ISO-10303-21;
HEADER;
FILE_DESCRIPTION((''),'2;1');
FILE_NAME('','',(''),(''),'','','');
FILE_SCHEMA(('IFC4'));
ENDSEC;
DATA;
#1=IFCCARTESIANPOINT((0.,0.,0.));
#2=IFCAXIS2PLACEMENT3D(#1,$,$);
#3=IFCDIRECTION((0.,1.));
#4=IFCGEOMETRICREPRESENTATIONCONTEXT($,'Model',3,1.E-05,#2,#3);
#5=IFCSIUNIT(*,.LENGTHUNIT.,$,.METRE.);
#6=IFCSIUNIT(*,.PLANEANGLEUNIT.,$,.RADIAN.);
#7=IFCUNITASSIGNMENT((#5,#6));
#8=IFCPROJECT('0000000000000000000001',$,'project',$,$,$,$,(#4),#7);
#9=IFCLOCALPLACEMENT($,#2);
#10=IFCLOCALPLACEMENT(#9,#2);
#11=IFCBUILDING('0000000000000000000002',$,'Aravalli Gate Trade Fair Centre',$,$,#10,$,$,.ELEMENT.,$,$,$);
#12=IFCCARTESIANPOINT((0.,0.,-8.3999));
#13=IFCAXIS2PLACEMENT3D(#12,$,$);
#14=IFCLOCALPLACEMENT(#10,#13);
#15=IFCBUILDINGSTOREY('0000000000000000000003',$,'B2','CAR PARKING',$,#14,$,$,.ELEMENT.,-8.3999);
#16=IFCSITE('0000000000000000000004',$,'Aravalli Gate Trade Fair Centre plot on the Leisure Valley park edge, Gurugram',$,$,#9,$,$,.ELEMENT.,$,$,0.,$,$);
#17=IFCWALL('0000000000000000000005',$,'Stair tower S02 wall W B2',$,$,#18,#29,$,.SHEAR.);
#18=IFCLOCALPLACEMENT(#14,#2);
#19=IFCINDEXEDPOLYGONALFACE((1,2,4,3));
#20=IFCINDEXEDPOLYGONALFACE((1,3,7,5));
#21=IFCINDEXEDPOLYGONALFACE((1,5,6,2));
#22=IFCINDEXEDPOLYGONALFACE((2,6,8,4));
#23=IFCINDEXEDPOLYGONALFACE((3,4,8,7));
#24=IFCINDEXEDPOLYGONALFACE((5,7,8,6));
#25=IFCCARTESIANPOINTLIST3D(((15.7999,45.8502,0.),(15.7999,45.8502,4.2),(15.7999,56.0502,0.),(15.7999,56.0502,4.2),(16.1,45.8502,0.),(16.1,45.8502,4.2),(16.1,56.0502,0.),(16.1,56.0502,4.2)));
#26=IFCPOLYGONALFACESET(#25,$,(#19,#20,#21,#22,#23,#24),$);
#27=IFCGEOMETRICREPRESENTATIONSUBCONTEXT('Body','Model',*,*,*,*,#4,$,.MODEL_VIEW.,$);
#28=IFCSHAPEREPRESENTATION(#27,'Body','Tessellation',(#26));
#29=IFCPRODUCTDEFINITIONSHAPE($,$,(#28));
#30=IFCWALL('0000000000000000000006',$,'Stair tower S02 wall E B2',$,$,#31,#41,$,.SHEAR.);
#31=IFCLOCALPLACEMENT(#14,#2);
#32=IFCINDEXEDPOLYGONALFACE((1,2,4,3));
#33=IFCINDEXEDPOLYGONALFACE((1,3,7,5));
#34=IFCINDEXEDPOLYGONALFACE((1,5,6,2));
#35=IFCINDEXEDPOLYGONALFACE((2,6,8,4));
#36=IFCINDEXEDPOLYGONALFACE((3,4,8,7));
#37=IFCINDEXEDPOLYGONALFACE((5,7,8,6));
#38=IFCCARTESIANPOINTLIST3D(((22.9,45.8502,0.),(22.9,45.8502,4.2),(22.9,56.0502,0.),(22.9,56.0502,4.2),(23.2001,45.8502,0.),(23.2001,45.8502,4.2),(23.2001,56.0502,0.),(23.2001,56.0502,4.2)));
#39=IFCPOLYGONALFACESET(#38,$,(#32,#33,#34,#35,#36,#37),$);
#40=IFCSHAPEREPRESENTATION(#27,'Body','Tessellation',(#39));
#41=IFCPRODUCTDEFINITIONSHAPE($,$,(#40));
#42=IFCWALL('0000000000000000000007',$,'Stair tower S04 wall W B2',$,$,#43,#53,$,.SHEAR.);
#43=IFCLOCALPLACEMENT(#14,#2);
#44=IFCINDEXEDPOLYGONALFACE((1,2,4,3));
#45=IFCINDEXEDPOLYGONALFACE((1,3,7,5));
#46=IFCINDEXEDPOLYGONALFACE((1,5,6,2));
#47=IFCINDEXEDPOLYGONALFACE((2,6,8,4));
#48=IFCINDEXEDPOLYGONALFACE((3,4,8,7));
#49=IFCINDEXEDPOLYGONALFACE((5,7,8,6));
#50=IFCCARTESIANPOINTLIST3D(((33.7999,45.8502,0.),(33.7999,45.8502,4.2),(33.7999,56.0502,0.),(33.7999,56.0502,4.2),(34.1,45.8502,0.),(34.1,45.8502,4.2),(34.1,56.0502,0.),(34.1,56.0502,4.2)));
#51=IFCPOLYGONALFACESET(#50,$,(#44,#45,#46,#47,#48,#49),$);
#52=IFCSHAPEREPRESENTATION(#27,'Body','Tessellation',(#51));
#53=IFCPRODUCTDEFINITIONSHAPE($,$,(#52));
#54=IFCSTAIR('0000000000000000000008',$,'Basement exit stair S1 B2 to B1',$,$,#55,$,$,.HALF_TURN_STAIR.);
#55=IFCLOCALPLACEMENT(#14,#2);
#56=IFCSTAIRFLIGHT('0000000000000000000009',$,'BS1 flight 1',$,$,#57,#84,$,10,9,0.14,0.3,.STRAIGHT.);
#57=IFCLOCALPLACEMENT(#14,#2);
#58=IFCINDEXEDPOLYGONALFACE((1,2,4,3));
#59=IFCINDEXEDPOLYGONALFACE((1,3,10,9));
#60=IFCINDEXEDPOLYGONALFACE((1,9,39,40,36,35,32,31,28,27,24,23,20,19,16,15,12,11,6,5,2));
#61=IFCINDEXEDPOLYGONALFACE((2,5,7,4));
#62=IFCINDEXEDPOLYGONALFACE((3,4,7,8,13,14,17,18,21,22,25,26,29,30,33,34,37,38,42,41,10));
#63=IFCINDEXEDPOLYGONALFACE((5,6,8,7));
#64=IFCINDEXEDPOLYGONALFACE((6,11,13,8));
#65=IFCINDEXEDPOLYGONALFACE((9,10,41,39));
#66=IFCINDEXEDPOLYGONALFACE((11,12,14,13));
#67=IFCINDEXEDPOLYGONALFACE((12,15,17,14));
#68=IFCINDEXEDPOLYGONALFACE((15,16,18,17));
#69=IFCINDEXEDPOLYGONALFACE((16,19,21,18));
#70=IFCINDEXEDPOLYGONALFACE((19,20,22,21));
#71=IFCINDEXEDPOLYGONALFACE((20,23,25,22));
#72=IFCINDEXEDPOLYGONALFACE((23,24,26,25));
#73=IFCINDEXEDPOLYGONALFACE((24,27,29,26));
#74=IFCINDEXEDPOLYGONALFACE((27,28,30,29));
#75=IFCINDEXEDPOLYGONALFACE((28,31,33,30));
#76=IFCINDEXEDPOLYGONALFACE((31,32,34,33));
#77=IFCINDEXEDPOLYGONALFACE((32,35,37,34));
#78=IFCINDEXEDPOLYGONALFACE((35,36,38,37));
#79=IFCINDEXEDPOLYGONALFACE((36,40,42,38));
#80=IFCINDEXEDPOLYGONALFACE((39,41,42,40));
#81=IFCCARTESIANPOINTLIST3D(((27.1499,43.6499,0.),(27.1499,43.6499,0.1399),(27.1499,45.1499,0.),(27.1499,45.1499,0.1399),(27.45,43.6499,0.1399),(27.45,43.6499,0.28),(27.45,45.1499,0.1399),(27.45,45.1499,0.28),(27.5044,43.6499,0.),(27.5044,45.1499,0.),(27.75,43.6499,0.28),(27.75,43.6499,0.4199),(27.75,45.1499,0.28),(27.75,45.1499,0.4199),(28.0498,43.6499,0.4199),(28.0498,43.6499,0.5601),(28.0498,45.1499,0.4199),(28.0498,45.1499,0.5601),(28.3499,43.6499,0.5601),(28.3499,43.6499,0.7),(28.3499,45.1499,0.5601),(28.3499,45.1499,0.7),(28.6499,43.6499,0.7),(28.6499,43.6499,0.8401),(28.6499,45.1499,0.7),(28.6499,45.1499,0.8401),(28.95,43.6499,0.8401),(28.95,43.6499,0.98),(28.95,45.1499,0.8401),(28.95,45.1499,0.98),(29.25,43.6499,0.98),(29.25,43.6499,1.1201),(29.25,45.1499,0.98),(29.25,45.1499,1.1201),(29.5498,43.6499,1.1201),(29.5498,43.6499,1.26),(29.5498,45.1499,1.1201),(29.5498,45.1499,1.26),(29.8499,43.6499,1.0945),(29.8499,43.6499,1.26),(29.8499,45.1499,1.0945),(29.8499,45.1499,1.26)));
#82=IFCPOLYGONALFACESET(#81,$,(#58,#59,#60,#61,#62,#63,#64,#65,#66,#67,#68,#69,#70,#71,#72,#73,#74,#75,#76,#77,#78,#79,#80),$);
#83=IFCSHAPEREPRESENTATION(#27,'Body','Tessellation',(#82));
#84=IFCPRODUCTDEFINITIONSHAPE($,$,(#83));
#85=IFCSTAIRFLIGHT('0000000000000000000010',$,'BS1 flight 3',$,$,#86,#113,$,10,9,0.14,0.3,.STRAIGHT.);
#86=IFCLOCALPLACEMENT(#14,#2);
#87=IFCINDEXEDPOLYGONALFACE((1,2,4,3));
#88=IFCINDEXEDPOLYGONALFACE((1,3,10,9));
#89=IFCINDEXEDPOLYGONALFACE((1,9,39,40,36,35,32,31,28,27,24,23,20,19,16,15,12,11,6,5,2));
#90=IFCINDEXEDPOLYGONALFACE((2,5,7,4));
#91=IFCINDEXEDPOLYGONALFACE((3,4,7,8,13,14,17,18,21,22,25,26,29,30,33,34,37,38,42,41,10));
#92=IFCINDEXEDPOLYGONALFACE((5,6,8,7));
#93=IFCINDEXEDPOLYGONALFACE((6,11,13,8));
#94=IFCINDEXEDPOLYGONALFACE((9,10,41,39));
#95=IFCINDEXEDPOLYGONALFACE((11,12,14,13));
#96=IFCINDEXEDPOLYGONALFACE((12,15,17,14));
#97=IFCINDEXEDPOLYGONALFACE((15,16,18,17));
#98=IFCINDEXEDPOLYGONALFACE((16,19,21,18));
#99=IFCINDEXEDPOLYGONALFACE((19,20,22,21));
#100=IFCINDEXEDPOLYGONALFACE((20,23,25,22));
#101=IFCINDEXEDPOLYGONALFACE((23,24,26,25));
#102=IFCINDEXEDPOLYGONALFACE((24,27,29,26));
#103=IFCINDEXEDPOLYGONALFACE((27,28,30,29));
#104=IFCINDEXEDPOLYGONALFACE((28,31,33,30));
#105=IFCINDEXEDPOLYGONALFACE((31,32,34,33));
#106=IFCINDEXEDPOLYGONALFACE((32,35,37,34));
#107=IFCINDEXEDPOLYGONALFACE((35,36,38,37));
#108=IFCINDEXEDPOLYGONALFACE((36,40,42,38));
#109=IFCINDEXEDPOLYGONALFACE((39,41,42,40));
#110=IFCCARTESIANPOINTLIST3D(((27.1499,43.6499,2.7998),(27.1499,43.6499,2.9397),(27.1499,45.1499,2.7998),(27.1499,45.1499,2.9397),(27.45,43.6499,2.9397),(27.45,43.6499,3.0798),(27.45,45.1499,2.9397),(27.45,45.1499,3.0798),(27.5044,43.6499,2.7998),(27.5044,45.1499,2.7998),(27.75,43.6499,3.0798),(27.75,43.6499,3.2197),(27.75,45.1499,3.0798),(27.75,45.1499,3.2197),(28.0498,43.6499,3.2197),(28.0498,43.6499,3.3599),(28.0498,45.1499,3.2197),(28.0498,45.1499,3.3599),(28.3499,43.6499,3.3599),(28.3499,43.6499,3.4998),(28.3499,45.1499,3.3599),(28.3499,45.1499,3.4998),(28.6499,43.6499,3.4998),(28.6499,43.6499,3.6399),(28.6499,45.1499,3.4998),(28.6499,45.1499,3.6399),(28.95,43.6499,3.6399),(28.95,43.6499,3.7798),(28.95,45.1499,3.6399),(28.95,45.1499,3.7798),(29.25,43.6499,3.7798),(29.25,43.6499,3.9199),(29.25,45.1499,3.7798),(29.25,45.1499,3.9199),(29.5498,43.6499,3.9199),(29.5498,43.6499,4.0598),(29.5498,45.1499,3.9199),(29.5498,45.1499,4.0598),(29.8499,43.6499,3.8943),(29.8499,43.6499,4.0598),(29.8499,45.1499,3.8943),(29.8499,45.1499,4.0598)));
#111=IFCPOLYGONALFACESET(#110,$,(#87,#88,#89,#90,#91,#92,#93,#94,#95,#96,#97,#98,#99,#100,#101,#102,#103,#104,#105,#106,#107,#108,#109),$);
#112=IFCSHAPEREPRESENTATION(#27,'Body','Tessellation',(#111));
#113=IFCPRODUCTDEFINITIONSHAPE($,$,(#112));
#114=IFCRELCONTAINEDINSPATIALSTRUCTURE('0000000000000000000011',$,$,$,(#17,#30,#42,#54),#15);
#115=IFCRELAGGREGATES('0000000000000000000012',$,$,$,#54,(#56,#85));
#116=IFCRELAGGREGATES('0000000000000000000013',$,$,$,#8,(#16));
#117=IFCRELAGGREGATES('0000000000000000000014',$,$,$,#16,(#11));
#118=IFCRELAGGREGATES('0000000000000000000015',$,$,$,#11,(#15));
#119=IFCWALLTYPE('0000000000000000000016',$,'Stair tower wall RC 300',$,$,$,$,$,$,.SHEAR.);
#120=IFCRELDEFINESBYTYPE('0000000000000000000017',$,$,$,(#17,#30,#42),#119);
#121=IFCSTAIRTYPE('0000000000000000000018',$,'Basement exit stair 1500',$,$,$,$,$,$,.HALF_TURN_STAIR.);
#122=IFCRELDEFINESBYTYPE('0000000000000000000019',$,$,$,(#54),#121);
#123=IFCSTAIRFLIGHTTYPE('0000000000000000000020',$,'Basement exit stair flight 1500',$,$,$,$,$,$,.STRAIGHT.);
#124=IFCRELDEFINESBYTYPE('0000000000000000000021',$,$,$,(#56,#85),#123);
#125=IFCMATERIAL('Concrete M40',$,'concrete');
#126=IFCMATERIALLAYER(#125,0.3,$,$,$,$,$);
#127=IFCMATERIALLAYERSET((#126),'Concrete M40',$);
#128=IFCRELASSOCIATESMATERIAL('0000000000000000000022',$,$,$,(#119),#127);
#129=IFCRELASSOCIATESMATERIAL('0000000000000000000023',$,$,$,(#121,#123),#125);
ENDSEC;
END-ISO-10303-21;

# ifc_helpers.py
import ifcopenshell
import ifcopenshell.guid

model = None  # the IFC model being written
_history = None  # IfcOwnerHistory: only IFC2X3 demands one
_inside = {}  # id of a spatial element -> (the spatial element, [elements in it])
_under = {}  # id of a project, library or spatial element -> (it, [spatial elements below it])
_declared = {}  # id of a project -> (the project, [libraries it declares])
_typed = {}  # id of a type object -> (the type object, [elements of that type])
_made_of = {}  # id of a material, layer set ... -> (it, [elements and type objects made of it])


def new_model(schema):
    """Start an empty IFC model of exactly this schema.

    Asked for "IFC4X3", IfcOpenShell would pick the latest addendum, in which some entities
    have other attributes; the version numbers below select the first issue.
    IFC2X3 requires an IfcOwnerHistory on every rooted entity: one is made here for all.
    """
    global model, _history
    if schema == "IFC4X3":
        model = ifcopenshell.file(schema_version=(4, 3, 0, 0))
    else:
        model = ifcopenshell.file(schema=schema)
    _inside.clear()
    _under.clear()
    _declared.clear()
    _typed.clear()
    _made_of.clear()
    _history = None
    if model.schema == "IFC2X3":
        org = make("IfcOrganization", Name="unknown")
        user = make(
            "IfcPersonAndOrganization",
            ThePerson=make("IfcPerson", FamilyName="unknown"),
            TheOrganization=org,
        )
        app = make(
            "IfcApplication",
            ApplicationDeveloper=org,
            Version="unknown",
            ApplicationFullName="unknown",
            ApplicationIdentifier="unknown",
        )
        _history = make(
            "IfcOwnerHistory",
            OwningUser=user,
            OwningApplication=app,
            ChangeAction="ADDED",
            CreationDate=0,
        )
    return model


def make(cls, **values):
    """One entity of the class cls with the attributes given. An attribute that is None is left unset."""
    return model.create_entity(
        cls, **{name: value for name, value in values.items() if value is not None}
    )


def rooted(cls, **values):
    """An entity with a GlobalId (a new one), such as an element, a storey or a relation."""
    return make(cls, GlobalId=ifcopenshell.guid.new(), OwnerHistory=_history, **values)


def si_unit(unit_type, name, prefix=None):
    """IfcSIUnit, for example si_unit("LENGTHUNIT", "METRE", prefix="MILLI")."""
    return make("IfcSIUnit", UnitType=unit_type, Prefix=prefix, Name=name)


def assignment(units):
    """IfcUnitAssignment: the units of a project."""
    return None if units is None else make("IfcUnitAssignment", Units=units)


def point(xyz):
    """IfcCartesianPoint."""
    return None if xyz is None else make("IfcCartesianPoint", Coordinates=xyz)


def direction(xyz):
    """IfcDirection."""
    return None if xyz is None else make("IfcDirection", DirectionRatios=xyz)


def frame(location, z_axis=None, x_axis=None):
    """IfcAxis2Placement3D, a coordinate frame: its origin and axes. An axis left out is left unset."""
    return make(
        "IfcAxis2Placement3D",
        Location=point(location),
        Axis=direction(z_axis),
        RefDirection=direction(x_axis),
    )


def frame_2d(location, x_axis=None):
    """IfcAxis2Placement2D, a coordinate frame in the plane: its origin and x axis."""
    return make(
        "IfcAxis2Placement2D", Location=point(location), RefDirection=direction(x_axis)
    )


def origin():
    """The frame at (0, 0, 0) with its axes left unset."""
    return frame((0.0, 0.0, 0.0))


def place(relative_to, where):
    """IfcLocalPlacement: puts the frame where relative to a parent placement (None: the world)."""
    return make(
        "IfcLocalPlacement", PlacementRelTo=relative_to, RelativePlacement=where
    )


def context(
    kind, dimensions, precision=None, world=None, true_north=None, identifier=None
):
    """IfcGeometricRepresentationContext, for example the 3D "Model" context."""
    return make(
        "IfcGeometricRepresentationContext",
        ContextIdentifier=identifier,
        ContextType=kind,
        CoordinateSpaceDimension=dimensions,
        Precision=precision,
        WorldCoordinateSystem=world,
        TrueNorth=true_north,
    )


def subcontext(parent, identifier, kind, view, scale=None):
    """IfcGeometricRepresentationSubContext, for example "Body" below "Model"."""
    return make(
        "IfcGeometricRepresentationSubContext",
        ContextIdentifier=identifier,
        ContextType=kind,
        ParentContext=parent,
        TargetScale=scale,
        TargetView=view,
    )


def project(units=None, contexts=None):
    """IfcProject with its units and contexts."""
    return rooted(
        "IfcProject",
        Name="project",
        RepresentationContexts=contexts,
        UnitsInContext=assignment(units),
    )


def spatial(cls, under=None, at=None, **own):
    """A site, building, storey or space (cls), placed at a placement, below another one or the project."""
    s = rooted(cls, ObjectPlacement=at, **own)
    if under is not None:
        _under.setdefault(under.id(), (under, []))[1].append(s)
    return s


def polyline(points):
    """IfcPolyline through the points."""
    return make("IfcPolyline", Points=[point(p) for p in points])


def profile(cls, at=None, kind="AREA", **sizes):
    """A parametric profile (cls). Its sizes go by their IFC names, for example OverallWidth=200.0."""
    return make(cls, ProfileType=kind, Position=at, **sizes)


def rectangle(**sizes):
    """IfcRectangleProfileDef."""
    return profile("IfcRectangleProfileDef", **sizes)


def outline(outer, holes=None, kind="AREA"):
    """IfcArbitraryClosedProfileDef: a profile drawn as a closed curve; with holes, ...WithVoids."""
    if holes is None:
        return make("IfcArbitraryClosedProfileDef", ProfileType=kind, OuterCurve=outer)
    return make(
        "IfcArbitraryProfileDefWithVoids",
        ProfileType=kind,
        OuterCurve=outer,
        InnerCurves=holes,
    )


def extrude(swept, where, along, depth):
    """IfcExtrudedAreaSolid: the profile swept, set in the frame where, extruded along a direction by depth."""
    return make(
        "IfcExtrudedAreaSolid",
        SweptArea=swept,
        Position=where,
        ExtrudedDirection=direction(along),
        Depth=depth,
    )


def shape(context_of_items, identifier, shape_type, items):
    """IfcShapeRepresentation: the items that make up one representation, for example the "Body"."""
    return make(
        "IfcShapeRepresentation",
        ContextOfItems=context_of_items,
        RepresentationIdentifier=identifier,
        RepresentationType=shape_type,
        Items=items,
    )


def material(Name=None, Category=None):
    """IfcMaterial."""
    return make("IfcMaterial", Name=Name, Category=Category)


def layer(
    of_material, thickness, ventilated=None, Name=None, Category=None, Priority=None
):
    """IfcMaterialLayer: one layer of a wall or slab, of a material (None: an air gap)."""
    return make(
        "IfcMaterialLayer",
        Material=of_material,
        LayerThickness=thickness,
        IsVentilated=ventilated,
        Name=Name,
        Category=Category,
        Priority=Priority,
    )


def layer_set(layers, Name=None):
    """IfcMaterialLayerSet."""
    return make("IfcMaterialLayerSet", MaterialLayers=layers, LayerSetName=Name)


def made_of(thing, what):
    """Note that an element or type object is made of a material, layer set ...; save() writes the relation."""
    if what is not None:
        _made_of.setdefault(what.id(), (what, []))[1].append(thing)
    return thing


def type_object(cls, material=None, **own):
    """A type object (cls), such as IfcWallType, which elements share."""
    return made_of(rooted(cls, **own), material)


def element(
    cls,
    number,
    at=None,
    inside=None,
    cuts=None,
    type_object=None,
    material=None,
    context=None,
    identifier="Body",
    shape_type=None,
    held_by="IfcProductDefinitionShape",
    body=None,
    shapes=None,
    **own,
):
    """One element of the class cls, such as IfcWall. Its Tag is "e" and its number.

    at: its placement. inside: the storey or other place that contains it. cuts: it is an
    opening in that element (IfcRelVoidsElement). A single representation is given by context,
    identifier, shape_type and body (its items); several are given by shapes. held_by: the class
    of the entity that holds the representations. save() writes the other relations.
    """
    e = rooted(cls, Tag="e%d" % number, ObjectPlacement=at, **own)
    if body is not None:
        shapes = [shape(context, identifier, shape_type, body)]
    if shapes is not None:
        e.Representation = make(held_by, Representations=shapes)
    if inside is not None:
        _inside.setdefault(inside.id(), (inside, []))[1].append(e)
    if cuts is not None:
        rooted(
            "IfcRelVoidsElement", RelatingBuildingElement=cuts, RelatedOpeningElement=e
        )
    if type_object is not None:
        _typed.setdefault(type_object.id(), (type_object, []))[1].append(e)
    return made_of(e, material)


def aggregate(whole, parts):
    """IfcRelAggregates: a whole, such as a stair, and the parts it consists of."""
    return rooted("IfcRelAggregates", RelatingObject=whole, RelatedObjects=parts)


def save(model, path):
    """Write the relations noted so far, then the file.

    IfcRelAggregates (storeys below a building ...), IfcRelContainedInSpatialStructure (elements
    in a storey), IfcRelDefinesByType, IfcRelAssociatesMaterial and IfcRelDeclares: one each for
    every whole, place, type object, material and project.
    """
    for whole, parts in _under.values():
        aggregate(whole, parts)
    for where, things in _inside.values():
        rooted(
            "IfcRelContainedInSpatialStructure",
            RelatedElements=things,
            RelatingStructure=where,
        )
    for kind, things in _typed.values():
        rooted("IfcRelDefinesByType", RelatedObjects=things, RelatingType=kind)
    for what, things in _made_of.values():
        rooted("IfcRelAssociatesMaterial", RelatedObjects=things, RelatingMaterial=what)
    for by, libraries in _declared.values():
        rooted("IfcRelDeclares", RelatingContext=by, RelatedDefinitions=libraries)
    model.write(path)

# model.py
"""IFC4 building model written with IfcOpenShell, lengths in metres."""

from ifc_helpers import new_model, si_unit, direction, frame, frame_2d, origin, place, context, subcontext, project, spatial, polyline, rectangle, outline, extrude, material, layer, layer_set, type_object, element, aggregate, save


model = new_model("IFC4")

# Units and contexts
model_context = context("Model", 3, precision=1e-05, world=origin(), true_north=direction((0.0, 1.0)))
body_context = subcontext(model_context, "Body", "Model", "MODEL_VIEW")
ifc_project = project(units=[si_unit("LENGTHUNIT", "METRE"), si_unit("PLANEANGLEUNIT", "RADIAN")], contexts=[model_context])

# Site, building, storey
site_placement = place(None, origin())
site = spatial("IfcSite", under=ifc_project, at=site_placement, Name="Aravalli Gate Trade Fair Centre plot on the Leisure Valley park edge, Gurugram", CompositionType="ELEMENT", RefElevation=0.0)
building_placement = place(site_placement, origin())
building = spatial("IfcBuilding", under=site, at=building_placement, Name="Aravalli Gate Trade Fair Centre", CompositionType="ELEMENT")
storey_placement = place(building_placement, frame((0.0, 0.0, -8.3999)))
storey = spatial("IfcBuildingStorey", under=building, at=storey_placement, Name="B2", Description="CAR PARKING", CompositionType="ELEMENT", Elevation=-8.3999)

# Walls
ifc_material_1 = material(Name="Concrete M40", Category="concrete")
ifc_layer_1 = layer(ifc_material_1, 0.3)
ifc_layer_set_1 = layer_set([ifc_layer_1], Name="Concrete M40")
wall_type_1 = type_object("IfcWallType", Name="Stair tower wall RC 300", PredefinedType="SHEAR", material=ifc_layer_set_1)
for number, where, z_axis, x_axis, name in (
    (1, (15.95, 45.8501, 0.0), (0.0, 0.0, 1.0), (0.0, 1.0, 0.0), "Stair tower S02 wall W B2"),
    (2, (23.05, 45.8501, 0.0), (0.0, 0.0, 1.0), (0.0, 1.0, 0.0), "Stair tower S02 wall E B2"),
    (3, (33.95, 45.8501, 0.0), (0.0, 0.0, 1.0), (0.0, 1.0, 0.0), "Stair tower S04 wall W B2"),
):
    element("IfcWall", number, at=place(storey_placement, frame(where, z_axis=z_axis, x_axis=x_axis)), inside=storey, type_object=wall_type_1, Name=name, PredefinedType="SHEAR", context=body_context, shape_type="SweptSolid", body=[
        extrude(rectangle(XDim=10.2, YDim=0.3, at=frame_2d((5.1001, 0.0))), origin(), (0.0, 0.0, 1.0), 4.2),
    ])

# Stair, stair flights
stair_type = type_object("IfcStairType", Name="Basement exit stair 1500", PredefinedType="HALF_TURN_STAIR", material=ifc_material_1)
stair_placement = place(storey_placement, origin())
stair = element("IfcStair", 4, at=stair_placement, inside=storey, type_object=stair_type, Name="Basement exit stair S1 B2 to B1", PredefinedType="HALF_TURN_STAIR")
stair_flight_type = type_object("IfcStairFlightType", Name="Basement exit stair flight 1500", PredefinedType="STRAIGHT", material=ifc_material_1)
stair_flight_1_placement = place(storey_placement, frame((27.1499, 44.3999, 0.0), z_axis=(0.0, 0.0, 1.0), x_axis=(1.0, 0.0, 0.0)))
stair_flight_1 = element("IfcStairFlight", 5, at=stair_flight_1_placement, type_object=stair_flight_type, Name="BS1 flight 1", NumberOfRisers=10, NumberOfTreads=9, PredefinedType="STRAIGHT", RiserHeight=0.14, TreadLength=0.3, context=body_context, shape_type="SweptSolid", body=[
    extrude(outline(polyline([(0.0, 0.0), (0.0, 0.1399), (0.3, 0.1399), (0.3, 0.28), (0.6001, 0.28), (0.6001, 0.4199), (0.8999, 0.4199), (0.8999, 0.5601), (1.2, 0.5601), (1.2, 0.7), (1.5, 0.7), (1.5, 0.8401), (1.8, 0.8401), (1.8, 0.98), (2.1001, 0.98), (2.1001, 1.1201), (2.3999, 1.1201), (2.3999, 1.26), (2.7, 1.26), (2.7, 1.3999), (2.7, 1.0945), (0.3545, 0.0), (0.0, 0.0)])), frame((0.0, 0.75, 0.0), z_axis=(0.0, -1.0, 0.0), x_axis=(1.0, 0.0, 0.0)), (0.0, 0.0, 1.0), 1.5),
])
stair_flight_2_placement = place(storey_placement, frame((27.1499, 44.3999, 2.7998), z_axis=(0.0, 0.0, 1.0), x_axis=(1.0, 0.0, 0.0)))
stair_flight_2 = element("IfcStairFlight", 6, at=stair_flight_2_placement, type_object=stair_flight_type, Name="BS1 flight 3", NumberOfRisers=10, NumberOfTreads=9, PredefinedType="STRAIGHT", RiserHeight=0.14, TreadLength=0.3, context=body_context, shape_type="SweptSolid", body=[
    extrude(outline(polyline([(0.0, 0.0), (0.0, 0.1399), (0.3, 0.1399), (0.3, 0.28), (0.6001, 0.28), (0.6001, 0.4199), (0.8999, 0.4199), (0.8999, 0.5601), (1.2, 0.5601), (1.2, 0.7), (1.5, 0.7), (1.5, 0.8401), (1.8, 0.8401), (1.8, 0.98), (2.1001, 0.98), (2.1001, 1.1201), (2.3999, 1.1201), (2.3999, 1.26), (2.7, 1.26), (2.7, 1.3999), (2.7, 1.0945), (0.3545, 0.0), (0.0, 0.0)])), frame((0.0, 0.75, 0.0), z_axis=(0.0, -1.0, 0.0), x_axis=(1.0, 0.0, 0.0)), (0.0, 0.0, 1.0), 1.5),
])
aggregate(stair, [stair_flight_1, stair_flight_2])

save(model, "model.ifc")
